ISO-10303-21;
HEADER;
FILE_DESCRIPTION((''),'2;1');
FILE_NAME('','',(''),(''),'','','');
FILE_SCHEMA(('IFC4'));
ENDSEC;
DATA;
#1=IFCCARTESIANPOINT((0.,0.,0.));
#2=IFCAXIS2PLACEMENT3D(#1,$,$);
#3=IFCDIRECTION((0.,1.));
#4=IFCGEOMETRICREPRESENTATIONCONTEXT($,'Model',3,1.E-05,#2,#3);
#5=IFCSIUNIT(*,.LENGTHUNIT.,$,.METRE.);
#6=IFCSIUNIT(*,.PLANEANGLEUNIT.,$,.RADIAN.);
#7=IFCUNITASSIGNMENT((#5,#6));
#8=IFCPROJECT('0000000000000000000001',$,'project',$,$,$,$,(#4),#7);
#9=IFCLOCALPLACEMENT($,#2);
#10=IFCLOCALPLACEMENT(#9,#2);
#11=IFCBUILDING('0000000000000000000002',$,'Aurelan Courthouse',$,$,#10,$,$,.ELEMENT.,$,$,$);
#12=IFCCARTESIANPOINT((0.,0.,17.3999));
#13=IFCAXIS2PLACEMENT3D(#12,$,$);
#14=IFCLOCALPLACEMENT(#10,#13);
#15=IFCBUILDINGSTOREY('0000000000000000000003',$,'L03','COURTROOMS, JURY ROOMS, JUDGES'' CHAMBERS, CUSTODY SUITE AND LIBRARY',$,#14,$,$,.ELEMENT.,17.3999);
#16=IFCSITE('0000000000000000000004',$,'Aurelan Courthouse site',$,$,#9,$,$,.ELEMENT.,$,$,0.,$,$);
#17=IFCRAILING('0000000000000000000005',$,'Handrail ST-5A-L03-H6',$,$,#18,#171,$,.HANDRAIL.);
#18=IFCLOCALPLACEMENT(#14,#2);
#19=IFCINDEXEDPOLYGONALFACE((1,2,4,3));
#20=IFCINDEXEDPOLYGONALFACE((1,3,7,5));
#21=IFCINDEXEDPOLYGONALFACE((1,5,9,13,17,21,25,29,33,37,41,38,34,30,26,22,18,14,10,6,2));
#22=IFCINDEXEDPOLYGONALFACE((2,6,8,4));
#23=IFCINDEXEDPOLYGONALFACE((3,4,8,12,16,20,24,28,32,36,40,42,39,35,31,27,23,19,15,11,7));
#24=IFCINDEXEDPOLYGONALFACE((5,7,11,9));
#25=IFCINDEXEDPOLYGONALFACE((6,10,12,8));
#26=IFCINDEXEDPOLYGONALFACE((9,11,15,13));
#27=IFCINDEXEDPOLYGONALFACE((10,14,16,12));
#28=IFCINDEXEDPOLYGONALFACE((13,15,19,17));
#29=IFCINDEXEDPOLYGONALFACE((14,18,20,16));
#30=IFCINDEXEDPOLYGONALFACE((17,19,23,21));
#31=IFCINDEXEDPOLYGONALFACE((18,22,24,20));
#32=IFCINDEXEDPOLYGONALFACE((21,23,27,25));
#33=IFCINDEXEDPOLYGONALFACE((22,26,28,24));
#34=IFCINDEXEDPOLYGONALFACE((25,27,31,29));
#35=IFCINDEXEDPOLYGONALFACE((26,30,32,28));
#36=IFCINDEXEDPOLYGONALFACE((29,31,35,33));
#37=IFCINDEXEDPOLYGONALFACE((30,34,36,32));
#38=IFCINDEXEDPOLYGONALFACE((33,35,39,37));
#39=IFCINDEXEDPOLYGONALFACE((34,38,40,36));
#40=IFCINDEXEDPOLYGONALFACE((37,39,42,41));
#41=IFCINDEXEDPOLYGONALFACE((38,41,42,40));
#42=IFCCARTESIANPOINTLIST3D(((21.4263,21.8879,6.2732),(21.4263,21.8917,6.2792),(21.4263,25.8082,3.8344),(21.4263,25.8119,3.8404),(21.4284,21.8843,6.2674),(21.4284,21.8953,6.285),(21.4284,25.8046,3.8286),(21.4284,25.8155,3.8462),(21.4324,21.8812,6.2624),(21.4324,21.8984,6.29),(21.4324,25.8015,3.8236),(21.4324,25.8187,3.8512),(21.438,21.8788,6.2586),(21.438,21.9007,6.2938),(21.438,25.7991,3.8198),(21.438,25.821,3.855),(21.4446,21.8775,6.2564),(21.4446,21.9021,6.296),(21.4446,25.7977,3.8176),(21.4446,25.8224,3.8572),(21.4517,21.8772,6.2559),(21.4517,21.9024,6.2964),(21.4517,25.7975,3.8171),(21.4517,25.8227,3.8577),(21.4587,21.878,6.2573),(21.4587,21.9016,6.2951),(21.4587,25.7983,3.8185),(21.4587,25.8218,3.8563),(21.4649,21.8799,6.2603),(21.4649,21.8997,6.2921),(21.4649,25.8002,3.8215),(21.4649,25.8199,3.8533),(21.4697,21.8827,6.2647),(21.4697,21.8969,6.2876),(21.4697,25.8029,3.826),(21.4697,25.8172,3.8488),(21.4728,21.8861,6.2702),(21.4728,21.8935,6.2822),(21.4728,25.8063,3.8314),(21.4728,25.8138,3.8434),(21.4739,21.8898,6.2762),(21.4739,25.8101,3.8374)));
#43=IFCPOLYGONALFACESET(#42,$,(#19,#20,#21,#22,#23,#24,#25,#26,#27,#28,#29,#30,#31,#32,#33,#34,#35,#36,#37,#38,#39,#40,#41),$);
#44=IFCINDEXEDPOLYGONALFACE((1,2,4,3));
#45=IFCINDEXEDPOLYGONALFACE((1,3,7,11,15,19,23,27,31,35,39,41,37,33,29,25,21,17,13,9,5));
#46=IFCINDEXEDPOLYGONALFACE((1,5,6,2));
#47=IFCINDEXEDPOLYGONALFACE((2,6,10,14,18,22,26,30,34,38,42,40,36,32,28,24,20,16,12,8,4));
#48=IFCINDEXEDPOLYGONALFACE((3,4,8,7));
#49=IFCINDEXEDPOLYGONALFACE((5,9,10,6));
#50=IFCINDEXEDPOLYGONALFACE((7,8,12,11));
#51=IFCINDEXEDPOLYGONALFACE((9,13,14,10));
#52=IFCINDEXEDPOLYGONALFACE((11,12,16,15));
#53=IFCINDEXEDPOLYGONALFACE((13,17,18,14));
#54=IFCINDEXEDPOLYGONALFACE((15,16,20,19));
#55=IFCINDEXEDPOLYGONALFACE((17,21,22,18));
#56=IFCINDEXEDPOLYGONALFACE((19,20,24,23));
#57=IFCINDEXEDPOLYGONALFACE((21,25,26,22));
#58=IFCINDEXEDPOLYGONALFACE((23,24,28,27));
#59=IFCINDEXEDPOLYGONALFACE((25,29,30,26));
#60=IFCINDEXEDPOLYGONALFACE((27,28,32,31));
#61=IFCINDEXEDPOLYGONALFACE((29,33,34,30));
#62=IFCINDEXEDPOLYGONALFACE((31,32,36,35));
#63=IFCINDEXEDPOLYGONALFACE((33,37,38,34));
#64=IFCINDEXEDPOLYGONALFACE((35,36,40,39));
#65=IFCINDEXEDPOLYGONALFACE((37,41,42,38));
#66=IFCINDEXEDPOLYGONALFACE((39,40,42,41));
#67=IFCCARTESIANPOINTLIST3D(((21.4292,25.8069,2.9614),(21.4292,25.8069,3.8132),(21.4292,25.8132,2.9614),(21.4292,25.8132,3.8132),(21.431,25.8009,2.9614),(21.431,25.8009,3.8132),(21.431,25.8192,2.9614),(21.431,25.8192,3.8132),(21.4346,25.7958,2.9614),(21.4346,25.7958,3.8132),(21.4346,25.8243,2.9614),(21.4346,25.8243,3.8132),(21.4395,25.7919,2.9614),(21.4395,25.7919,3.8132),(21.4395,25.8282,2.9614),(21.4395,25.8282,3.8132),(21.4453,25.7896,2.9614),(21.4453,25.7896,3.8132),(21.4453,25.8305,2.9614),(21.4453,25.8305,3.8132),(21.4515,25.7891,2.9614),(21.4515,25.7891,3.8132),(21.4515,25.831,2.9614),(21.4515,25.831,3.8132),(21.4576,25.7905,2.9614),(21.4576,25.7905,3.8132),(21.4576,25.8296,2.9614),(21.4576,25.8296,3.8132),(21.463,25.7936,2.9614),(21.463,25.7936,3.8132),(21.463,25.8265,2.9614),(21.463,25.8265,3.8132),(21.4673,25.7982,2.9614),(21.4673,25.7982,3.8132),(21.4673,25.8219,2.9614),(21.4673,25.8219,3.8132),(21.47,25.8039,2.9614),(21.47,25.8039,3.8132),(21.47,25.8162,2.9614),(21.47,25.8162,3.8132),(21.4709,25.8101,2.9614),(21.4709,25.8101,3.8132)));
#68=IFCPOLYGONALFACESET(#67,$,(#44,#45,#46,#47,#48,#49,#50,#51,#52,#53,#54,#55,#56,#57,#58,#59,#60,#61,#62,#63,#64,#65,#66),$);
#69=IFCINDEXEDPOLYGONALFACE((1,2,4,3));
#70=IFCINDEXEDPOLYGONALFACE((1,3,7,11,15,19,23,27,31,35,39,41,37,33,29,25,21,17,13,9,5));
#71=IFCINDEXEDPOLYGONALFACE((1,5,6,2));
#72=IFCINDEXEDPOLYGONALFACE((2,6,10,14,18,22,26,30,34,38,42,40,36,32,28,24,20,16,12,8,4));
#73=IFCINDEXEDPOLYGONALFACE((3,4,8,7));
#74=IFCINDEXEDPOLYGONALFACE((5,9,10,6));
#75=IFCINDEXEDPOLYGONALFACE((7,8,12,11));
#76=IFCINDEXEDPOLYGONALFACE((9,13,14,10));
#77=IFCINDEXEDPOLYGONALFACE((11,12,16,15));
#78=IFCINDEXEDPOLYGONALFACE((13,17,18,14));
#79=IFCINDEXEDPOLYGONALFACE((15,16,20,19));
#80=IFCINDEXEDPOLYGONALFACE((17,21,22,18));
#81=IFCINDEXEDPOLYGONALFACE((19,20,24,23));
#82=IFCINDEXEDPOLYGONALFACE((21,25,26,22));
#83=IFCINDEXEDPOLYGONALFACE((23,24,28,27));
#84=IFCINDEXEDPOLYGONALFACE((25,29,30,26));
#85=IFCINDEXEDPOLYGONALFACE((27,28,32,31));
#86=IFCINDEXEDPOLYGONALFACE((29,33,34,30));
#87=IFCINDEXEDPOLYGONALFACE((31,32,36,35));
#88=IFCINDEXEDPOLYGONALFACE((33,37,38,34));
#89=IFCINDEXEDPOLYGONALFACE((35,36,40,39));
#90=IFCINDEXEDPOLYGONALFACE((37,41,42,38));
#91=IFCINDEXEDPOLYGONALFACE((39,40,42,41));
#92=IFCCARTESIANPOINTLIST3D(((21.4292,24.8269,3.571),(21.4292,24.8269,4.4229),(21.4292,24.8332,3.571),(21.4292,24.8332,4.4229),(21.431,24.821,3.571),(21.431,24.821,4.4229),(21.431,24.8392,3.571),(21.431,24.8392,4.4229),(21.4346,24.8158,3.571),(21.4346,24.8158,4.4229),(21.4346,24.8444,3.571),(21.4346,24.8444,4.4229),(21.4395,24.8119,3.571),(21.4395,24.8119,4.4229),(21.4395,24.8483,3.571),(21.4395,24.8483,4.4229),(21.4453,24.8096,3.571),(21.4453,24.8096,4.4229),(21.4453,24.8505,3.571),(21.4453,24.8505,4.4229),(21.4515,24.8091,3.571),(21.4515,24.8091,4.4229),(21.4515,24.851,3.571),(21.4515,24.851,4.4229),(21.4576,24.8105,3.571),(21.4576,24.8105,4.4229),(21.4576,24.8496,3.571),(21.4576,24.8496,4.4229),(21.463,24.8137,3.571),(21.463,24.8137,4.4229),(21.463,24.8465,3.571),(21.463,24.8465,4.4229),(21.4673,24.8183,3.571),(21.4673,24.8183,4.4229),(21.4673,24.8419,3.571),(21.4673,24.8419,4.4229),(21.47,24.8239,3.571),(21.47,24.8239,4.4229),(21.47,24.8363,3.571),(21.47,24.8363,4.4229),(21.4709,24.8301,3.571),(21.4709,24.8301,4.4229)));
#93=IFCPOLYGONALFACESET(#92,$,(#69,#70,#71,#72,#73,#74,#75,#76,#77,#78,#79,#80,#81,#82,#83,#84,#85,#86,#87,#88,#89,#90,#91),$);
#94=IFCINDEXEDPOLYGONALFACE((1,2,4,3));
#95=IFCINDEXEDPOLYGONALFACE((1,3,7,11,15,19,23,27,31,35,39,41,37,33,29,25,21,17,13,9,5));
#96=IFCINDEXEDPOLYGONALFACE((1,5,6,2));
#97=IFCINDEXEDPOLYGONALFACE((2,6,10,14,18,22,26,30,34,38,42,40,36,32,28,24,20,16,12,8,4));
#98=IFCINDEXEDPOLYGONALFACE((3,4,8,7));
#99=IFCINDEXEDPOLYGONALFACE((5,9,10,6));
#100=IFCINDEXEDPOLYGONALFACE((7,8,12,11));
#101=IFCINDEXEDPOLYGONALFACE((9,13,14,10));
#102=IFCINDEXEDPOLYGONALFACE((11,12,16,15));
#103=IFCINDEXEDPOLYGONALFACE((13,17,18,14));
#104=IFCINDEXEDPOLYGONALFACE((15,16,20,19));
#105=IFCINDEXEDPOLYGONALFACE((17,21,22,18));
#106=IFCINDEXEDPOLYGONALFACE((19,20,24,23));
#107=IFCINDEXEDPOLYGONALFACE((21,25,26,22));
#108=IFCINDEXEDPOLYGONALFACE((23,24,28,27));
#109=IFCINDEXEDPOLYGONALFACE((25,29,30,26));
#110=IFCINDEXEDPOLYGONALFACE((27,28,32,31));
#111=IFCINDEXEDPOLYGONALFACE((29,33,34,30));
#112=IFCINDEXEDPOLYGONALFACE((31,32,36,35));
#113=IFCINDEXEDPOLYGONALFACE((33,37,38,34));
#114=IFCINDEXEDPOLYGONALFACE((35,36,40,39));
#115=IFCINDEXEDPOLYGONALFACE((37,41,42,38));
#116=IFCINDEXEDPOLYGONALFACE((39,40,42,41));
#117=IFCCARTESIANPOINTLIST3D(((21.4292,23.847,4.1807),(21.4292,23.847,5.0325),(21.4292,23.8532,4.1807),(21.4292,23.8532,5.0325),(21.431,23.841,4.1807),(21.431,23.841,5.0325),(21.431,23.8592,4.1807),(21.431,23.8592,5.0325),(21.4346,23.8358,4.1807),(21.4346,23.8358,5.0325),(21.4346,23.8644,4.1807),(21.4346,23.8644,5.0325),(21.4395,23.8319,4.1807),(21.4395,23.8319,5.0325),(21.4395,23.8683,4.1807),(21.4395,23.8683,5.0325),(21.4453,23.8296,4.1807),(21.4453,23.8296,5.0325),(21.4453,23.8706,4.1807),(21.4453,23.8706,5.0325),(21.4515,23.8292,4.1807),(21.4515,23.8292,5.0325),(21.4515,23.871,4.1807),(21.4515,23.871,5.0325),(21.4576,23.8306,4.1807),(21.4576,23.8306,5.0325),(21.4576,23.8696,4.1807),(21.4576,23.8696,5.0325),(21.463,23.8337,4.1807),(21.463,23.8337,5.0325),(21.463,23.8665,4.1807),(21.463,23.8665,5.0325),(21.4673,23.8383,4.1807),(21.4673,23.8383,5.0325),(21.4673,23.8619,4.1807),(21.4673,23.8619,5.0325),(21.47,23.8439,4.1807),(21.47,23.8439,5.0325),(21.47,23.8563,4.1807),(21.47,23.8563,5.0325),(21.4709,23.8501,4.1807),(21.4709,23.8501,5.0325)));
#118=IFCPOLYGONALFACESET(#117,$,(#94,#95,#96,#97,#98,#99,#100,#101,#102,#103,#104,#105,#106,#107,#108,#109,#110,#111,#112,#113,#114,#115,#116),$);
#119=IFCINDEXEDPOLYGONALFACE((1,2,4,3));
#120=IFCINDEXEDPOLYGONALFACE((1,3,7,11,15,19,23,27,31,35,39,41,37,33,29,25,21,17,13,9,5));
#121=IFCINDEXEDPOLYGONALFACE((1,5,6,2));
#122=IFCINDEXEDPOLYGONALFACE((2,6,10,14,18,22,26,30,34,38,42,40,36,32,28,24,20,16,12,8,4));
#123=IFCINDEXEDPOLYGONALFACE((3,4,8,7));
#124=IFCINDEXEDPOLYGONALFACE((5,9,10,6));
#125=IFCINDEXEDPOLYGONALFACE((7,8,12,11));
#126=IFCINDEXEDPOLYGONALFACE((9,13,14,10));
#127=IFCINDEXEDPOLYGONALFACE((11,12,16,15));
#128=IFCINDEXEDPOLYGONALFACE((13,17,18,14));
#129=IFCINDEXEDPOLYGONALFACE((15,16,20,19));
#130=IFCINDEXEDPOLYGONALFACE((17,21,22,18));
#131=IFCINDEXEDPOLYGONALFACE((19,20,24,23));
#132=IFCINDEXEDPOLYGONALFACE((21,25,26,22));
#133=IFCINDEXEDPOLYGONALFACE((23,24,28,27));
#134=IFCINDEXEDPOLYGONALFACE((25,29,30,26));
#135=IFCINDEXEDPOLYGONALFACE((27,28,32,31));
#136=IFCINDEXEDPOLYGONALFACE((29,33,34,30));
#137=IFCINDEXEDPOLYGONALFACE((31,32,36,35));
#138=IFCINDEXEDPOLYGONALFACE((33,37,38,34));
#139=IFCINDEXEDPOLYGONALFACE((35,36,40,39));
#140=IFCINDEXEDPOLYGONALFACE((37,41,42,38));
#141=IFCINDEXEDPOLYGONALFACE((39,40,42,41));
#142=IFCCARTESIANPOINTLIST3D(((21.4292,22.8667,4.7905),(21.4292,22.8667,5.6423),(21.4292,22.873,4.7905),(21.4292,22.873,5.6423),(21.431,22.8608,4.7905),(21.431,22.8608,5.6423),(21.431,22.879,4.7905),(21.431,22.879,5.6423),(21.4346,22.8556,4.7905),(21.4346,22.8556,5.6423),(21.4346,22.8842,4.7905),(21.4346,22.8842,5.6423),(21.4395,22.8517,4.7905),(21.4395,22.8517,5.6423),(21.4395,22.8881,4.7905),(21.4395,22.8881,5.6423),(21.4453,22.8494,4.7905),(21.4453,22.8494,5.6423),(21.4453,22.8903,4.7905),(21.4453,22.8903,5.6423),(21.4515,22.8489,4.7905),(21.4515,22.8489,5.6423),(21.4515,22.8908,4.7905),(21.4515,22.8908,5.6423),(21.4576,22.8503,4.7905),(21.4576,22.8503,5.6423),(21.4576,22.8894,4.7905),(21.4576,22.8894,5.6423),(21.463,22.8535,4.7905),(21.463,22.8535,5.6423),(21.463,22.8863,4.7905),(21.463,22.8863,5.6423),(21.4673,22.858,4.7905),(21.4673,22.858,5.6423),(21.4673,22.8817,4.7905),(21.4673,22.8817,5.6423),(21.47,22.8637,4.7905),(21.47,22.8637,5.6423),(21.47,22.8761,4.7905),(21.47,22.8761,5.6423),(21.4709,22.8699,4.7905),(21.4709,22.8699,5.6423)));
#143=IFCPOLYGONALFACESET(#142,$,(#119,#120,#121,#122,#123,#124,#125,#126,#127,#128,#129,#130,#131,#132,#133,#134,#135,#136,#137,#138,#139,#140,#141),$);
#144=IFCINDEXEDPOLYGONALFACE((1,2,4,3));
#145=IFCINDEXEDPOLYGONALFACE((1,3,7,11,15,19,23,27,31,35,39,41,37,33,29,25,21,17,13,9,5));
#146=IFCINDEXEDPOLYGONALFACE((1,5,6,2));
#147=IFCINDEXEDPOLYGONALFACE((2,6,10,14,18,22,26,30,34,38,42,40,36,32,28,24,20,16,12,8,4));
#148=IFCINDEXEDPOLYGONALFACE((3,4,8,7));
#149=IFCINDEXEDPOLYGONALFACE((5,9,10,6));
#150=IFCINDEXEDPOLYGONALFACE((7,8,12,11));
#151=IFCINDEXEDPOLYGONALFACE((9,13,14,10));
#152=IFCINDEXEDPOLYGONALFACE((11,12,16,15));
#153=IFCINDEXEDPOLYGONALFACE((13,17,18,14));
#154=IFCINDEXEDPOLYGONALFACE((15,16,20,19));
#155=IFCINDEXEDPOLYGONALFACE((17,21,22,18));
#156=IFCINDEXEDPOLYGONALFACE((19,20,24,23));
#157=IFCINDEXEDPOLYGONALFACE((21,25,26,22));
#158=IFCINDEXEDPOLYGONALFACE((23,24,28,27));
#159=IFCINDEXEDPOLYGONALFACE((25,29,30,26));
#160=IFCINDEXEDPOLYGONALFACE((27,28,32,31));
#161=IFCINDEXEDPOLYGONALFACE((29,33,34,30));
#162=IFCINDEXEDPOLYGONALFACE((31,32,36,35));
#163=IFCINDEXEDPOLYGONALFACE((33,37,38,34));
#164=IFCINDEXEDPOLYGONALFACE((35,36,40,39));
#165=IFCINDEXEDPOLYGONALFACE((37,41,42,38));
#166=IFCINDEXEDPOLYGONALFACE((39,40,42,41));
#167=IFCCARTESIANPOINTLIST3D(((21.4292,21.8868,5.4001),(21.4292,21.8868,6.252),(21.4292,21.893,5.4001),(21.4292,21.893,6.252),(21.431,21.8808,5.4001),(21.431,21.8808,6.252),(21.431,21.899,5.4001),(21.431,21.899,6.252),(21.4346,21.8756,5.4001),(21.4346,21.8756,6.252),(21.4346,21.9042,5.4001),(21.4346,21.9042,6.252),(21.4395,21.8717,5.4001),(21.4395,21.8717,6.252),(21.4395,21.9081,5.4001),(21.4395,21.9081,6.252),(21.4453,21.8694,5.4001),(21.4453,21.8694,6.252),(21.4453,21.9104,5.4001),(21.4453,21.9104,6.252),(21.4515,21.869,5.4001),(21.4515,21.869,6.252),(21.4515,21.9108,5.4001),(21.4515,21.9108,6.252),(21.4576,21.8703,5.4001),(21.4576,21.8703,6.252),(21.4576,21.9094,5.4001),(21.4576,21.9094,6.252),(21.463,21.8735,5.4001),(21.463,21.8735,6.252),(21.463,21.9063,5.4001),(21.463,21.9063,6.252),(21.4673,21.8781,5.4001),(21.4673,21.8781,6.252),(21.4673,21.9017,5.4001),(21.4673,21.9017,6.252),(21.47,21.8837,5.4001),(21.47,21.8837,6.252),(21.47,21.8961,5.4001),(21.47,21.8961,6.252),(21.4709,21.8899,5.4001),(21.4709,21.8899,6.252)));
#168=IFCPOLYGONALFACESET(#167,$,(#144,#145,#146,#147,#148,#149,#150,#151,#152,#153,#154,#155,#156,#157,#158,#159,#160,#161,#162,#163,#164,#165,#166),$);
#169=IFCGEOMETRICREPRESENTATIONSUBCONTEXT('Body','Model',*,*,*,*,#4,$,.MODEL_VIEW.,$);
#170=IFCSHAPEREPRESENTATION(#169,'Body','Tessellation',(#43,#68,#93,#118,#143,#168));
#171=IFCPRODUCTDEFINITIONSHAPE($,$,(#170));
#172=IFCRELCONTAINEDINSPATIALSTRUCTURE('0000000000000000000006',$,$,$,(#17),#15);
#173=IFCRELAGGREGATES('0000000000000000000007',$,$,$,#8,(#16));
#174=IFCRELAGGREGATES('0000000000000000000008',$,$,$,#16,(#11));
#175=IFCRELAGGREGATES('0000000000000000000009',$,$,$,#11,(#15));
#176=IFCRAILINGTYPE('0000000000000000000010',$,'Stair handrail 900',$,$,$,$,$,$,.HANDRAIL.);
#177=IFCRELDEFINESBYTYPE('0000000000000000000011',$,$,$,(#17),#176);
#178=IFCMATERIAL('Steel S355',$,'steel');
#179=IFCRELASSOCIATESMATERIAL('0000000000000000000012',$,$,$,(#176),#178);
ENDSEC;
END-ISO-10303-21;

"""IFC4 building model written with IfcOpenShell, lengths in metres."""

from ifc_helpers import new_model, si_unit, direction, frame, origin, origin_2d, place, context, subcontext, project, spatial, circle, extrude, material, type_object, element, save


model = new_model("IFC4")

# Units and contexts
model_context = context("Model", 3, precision=1e-05, world=origin(), true_north=direction((0.0, 1.0)))
body_context = subcontext(model_context, "Body", "Model", "MODEL_VIEW")
ifc_project = project(units=[si_unit("LENGTHUNIT", "METRE"), si_unit("PLANEANGLEUNIT", "RADIAN")], contexts=[model_context])

# Site, building, storey
site_placement = place(None, origin())
site = spatial("IfcSite", under=ifc_project, at=site_placement, Name="Aurelan Courthouse site", CompositionType="ELEMENT", RefElevation=0.0)
building_placement = place(site_placement, origin())
building = spatial("IfcBuilding", under=site, at=building_placement, Name="Aurelan Courthouse", CompositionType="ELEMENT")
storey_placement = place(building_placement, frame((0.0, 0.0, 17.3999)))
storey = spatial("IfcBuildingStorey", under=building, at=storey_placement, Name="L03", Description="COURTROOMS, JURY ROOMS, JUDGES' CHAMBERS, CUSTODY SUITE AND LIBRARY", CompositionType="ELEMENT", Elevation=17.3999)

# Railing
ifc_material_1 = material(Name="Steel S355", Category="steel")
railing_type_1 = type_object("IfcRailingType", Name="Stair handrail 900", PredefinedType="HANDRAIL", material=ifc_material_1)
for number, where, name in (
    (1, (21.45, 25.8101, 2.9614), "Handrail ST-5A-L03-H6"),
):
    element("IfcRailing", number, at=place(storey_placement, frame(where)), inside=storey, type_object=railing_type_1, Name=name, PredefinedType="HANDRAIL", context=body_context, shape_type="SweptSolid", body=[
        extrude(circle(Radius=0.0239, at=origin_2d()), frame((0.0, 0.0, 0.876), z_axis=(0.0, -0.849105, 0.528225), x_axis=(1.0, 0.0, 0.0)), (0.0, 0.0, 1.0), 4.6169),
        extrude(circle(Radius=0.021, at=origin_2d()), origin(), (0.0, 0.0, 1.0), 0.8518),
        extrude(circle(Radius=0.021, at=origin_2d()), frame((0.0, -0.98, 0.6096)), (0.0, 0.0, 1.0), 0.8518),
        extrude(circle(Radius=0.021, at=origin_2d()), frame((0.0, -1.96, 1.2192)), (0.0, 0.0, 1.0), 0.8518),
        extrude(circle(Radius=0.021, at=origin_2d()), frame((0.0, -2.9402, 1.8291)), (0.0, 0.0, 1.0), 0.8518),
        extrude(circle(Radius=0.021, at=origin_2d()), frame((0.0, -3.9202, 2.4387)), (0.0, 0.0, 1.0), 0.8518),
    ])

save(model, "model.ifc")
